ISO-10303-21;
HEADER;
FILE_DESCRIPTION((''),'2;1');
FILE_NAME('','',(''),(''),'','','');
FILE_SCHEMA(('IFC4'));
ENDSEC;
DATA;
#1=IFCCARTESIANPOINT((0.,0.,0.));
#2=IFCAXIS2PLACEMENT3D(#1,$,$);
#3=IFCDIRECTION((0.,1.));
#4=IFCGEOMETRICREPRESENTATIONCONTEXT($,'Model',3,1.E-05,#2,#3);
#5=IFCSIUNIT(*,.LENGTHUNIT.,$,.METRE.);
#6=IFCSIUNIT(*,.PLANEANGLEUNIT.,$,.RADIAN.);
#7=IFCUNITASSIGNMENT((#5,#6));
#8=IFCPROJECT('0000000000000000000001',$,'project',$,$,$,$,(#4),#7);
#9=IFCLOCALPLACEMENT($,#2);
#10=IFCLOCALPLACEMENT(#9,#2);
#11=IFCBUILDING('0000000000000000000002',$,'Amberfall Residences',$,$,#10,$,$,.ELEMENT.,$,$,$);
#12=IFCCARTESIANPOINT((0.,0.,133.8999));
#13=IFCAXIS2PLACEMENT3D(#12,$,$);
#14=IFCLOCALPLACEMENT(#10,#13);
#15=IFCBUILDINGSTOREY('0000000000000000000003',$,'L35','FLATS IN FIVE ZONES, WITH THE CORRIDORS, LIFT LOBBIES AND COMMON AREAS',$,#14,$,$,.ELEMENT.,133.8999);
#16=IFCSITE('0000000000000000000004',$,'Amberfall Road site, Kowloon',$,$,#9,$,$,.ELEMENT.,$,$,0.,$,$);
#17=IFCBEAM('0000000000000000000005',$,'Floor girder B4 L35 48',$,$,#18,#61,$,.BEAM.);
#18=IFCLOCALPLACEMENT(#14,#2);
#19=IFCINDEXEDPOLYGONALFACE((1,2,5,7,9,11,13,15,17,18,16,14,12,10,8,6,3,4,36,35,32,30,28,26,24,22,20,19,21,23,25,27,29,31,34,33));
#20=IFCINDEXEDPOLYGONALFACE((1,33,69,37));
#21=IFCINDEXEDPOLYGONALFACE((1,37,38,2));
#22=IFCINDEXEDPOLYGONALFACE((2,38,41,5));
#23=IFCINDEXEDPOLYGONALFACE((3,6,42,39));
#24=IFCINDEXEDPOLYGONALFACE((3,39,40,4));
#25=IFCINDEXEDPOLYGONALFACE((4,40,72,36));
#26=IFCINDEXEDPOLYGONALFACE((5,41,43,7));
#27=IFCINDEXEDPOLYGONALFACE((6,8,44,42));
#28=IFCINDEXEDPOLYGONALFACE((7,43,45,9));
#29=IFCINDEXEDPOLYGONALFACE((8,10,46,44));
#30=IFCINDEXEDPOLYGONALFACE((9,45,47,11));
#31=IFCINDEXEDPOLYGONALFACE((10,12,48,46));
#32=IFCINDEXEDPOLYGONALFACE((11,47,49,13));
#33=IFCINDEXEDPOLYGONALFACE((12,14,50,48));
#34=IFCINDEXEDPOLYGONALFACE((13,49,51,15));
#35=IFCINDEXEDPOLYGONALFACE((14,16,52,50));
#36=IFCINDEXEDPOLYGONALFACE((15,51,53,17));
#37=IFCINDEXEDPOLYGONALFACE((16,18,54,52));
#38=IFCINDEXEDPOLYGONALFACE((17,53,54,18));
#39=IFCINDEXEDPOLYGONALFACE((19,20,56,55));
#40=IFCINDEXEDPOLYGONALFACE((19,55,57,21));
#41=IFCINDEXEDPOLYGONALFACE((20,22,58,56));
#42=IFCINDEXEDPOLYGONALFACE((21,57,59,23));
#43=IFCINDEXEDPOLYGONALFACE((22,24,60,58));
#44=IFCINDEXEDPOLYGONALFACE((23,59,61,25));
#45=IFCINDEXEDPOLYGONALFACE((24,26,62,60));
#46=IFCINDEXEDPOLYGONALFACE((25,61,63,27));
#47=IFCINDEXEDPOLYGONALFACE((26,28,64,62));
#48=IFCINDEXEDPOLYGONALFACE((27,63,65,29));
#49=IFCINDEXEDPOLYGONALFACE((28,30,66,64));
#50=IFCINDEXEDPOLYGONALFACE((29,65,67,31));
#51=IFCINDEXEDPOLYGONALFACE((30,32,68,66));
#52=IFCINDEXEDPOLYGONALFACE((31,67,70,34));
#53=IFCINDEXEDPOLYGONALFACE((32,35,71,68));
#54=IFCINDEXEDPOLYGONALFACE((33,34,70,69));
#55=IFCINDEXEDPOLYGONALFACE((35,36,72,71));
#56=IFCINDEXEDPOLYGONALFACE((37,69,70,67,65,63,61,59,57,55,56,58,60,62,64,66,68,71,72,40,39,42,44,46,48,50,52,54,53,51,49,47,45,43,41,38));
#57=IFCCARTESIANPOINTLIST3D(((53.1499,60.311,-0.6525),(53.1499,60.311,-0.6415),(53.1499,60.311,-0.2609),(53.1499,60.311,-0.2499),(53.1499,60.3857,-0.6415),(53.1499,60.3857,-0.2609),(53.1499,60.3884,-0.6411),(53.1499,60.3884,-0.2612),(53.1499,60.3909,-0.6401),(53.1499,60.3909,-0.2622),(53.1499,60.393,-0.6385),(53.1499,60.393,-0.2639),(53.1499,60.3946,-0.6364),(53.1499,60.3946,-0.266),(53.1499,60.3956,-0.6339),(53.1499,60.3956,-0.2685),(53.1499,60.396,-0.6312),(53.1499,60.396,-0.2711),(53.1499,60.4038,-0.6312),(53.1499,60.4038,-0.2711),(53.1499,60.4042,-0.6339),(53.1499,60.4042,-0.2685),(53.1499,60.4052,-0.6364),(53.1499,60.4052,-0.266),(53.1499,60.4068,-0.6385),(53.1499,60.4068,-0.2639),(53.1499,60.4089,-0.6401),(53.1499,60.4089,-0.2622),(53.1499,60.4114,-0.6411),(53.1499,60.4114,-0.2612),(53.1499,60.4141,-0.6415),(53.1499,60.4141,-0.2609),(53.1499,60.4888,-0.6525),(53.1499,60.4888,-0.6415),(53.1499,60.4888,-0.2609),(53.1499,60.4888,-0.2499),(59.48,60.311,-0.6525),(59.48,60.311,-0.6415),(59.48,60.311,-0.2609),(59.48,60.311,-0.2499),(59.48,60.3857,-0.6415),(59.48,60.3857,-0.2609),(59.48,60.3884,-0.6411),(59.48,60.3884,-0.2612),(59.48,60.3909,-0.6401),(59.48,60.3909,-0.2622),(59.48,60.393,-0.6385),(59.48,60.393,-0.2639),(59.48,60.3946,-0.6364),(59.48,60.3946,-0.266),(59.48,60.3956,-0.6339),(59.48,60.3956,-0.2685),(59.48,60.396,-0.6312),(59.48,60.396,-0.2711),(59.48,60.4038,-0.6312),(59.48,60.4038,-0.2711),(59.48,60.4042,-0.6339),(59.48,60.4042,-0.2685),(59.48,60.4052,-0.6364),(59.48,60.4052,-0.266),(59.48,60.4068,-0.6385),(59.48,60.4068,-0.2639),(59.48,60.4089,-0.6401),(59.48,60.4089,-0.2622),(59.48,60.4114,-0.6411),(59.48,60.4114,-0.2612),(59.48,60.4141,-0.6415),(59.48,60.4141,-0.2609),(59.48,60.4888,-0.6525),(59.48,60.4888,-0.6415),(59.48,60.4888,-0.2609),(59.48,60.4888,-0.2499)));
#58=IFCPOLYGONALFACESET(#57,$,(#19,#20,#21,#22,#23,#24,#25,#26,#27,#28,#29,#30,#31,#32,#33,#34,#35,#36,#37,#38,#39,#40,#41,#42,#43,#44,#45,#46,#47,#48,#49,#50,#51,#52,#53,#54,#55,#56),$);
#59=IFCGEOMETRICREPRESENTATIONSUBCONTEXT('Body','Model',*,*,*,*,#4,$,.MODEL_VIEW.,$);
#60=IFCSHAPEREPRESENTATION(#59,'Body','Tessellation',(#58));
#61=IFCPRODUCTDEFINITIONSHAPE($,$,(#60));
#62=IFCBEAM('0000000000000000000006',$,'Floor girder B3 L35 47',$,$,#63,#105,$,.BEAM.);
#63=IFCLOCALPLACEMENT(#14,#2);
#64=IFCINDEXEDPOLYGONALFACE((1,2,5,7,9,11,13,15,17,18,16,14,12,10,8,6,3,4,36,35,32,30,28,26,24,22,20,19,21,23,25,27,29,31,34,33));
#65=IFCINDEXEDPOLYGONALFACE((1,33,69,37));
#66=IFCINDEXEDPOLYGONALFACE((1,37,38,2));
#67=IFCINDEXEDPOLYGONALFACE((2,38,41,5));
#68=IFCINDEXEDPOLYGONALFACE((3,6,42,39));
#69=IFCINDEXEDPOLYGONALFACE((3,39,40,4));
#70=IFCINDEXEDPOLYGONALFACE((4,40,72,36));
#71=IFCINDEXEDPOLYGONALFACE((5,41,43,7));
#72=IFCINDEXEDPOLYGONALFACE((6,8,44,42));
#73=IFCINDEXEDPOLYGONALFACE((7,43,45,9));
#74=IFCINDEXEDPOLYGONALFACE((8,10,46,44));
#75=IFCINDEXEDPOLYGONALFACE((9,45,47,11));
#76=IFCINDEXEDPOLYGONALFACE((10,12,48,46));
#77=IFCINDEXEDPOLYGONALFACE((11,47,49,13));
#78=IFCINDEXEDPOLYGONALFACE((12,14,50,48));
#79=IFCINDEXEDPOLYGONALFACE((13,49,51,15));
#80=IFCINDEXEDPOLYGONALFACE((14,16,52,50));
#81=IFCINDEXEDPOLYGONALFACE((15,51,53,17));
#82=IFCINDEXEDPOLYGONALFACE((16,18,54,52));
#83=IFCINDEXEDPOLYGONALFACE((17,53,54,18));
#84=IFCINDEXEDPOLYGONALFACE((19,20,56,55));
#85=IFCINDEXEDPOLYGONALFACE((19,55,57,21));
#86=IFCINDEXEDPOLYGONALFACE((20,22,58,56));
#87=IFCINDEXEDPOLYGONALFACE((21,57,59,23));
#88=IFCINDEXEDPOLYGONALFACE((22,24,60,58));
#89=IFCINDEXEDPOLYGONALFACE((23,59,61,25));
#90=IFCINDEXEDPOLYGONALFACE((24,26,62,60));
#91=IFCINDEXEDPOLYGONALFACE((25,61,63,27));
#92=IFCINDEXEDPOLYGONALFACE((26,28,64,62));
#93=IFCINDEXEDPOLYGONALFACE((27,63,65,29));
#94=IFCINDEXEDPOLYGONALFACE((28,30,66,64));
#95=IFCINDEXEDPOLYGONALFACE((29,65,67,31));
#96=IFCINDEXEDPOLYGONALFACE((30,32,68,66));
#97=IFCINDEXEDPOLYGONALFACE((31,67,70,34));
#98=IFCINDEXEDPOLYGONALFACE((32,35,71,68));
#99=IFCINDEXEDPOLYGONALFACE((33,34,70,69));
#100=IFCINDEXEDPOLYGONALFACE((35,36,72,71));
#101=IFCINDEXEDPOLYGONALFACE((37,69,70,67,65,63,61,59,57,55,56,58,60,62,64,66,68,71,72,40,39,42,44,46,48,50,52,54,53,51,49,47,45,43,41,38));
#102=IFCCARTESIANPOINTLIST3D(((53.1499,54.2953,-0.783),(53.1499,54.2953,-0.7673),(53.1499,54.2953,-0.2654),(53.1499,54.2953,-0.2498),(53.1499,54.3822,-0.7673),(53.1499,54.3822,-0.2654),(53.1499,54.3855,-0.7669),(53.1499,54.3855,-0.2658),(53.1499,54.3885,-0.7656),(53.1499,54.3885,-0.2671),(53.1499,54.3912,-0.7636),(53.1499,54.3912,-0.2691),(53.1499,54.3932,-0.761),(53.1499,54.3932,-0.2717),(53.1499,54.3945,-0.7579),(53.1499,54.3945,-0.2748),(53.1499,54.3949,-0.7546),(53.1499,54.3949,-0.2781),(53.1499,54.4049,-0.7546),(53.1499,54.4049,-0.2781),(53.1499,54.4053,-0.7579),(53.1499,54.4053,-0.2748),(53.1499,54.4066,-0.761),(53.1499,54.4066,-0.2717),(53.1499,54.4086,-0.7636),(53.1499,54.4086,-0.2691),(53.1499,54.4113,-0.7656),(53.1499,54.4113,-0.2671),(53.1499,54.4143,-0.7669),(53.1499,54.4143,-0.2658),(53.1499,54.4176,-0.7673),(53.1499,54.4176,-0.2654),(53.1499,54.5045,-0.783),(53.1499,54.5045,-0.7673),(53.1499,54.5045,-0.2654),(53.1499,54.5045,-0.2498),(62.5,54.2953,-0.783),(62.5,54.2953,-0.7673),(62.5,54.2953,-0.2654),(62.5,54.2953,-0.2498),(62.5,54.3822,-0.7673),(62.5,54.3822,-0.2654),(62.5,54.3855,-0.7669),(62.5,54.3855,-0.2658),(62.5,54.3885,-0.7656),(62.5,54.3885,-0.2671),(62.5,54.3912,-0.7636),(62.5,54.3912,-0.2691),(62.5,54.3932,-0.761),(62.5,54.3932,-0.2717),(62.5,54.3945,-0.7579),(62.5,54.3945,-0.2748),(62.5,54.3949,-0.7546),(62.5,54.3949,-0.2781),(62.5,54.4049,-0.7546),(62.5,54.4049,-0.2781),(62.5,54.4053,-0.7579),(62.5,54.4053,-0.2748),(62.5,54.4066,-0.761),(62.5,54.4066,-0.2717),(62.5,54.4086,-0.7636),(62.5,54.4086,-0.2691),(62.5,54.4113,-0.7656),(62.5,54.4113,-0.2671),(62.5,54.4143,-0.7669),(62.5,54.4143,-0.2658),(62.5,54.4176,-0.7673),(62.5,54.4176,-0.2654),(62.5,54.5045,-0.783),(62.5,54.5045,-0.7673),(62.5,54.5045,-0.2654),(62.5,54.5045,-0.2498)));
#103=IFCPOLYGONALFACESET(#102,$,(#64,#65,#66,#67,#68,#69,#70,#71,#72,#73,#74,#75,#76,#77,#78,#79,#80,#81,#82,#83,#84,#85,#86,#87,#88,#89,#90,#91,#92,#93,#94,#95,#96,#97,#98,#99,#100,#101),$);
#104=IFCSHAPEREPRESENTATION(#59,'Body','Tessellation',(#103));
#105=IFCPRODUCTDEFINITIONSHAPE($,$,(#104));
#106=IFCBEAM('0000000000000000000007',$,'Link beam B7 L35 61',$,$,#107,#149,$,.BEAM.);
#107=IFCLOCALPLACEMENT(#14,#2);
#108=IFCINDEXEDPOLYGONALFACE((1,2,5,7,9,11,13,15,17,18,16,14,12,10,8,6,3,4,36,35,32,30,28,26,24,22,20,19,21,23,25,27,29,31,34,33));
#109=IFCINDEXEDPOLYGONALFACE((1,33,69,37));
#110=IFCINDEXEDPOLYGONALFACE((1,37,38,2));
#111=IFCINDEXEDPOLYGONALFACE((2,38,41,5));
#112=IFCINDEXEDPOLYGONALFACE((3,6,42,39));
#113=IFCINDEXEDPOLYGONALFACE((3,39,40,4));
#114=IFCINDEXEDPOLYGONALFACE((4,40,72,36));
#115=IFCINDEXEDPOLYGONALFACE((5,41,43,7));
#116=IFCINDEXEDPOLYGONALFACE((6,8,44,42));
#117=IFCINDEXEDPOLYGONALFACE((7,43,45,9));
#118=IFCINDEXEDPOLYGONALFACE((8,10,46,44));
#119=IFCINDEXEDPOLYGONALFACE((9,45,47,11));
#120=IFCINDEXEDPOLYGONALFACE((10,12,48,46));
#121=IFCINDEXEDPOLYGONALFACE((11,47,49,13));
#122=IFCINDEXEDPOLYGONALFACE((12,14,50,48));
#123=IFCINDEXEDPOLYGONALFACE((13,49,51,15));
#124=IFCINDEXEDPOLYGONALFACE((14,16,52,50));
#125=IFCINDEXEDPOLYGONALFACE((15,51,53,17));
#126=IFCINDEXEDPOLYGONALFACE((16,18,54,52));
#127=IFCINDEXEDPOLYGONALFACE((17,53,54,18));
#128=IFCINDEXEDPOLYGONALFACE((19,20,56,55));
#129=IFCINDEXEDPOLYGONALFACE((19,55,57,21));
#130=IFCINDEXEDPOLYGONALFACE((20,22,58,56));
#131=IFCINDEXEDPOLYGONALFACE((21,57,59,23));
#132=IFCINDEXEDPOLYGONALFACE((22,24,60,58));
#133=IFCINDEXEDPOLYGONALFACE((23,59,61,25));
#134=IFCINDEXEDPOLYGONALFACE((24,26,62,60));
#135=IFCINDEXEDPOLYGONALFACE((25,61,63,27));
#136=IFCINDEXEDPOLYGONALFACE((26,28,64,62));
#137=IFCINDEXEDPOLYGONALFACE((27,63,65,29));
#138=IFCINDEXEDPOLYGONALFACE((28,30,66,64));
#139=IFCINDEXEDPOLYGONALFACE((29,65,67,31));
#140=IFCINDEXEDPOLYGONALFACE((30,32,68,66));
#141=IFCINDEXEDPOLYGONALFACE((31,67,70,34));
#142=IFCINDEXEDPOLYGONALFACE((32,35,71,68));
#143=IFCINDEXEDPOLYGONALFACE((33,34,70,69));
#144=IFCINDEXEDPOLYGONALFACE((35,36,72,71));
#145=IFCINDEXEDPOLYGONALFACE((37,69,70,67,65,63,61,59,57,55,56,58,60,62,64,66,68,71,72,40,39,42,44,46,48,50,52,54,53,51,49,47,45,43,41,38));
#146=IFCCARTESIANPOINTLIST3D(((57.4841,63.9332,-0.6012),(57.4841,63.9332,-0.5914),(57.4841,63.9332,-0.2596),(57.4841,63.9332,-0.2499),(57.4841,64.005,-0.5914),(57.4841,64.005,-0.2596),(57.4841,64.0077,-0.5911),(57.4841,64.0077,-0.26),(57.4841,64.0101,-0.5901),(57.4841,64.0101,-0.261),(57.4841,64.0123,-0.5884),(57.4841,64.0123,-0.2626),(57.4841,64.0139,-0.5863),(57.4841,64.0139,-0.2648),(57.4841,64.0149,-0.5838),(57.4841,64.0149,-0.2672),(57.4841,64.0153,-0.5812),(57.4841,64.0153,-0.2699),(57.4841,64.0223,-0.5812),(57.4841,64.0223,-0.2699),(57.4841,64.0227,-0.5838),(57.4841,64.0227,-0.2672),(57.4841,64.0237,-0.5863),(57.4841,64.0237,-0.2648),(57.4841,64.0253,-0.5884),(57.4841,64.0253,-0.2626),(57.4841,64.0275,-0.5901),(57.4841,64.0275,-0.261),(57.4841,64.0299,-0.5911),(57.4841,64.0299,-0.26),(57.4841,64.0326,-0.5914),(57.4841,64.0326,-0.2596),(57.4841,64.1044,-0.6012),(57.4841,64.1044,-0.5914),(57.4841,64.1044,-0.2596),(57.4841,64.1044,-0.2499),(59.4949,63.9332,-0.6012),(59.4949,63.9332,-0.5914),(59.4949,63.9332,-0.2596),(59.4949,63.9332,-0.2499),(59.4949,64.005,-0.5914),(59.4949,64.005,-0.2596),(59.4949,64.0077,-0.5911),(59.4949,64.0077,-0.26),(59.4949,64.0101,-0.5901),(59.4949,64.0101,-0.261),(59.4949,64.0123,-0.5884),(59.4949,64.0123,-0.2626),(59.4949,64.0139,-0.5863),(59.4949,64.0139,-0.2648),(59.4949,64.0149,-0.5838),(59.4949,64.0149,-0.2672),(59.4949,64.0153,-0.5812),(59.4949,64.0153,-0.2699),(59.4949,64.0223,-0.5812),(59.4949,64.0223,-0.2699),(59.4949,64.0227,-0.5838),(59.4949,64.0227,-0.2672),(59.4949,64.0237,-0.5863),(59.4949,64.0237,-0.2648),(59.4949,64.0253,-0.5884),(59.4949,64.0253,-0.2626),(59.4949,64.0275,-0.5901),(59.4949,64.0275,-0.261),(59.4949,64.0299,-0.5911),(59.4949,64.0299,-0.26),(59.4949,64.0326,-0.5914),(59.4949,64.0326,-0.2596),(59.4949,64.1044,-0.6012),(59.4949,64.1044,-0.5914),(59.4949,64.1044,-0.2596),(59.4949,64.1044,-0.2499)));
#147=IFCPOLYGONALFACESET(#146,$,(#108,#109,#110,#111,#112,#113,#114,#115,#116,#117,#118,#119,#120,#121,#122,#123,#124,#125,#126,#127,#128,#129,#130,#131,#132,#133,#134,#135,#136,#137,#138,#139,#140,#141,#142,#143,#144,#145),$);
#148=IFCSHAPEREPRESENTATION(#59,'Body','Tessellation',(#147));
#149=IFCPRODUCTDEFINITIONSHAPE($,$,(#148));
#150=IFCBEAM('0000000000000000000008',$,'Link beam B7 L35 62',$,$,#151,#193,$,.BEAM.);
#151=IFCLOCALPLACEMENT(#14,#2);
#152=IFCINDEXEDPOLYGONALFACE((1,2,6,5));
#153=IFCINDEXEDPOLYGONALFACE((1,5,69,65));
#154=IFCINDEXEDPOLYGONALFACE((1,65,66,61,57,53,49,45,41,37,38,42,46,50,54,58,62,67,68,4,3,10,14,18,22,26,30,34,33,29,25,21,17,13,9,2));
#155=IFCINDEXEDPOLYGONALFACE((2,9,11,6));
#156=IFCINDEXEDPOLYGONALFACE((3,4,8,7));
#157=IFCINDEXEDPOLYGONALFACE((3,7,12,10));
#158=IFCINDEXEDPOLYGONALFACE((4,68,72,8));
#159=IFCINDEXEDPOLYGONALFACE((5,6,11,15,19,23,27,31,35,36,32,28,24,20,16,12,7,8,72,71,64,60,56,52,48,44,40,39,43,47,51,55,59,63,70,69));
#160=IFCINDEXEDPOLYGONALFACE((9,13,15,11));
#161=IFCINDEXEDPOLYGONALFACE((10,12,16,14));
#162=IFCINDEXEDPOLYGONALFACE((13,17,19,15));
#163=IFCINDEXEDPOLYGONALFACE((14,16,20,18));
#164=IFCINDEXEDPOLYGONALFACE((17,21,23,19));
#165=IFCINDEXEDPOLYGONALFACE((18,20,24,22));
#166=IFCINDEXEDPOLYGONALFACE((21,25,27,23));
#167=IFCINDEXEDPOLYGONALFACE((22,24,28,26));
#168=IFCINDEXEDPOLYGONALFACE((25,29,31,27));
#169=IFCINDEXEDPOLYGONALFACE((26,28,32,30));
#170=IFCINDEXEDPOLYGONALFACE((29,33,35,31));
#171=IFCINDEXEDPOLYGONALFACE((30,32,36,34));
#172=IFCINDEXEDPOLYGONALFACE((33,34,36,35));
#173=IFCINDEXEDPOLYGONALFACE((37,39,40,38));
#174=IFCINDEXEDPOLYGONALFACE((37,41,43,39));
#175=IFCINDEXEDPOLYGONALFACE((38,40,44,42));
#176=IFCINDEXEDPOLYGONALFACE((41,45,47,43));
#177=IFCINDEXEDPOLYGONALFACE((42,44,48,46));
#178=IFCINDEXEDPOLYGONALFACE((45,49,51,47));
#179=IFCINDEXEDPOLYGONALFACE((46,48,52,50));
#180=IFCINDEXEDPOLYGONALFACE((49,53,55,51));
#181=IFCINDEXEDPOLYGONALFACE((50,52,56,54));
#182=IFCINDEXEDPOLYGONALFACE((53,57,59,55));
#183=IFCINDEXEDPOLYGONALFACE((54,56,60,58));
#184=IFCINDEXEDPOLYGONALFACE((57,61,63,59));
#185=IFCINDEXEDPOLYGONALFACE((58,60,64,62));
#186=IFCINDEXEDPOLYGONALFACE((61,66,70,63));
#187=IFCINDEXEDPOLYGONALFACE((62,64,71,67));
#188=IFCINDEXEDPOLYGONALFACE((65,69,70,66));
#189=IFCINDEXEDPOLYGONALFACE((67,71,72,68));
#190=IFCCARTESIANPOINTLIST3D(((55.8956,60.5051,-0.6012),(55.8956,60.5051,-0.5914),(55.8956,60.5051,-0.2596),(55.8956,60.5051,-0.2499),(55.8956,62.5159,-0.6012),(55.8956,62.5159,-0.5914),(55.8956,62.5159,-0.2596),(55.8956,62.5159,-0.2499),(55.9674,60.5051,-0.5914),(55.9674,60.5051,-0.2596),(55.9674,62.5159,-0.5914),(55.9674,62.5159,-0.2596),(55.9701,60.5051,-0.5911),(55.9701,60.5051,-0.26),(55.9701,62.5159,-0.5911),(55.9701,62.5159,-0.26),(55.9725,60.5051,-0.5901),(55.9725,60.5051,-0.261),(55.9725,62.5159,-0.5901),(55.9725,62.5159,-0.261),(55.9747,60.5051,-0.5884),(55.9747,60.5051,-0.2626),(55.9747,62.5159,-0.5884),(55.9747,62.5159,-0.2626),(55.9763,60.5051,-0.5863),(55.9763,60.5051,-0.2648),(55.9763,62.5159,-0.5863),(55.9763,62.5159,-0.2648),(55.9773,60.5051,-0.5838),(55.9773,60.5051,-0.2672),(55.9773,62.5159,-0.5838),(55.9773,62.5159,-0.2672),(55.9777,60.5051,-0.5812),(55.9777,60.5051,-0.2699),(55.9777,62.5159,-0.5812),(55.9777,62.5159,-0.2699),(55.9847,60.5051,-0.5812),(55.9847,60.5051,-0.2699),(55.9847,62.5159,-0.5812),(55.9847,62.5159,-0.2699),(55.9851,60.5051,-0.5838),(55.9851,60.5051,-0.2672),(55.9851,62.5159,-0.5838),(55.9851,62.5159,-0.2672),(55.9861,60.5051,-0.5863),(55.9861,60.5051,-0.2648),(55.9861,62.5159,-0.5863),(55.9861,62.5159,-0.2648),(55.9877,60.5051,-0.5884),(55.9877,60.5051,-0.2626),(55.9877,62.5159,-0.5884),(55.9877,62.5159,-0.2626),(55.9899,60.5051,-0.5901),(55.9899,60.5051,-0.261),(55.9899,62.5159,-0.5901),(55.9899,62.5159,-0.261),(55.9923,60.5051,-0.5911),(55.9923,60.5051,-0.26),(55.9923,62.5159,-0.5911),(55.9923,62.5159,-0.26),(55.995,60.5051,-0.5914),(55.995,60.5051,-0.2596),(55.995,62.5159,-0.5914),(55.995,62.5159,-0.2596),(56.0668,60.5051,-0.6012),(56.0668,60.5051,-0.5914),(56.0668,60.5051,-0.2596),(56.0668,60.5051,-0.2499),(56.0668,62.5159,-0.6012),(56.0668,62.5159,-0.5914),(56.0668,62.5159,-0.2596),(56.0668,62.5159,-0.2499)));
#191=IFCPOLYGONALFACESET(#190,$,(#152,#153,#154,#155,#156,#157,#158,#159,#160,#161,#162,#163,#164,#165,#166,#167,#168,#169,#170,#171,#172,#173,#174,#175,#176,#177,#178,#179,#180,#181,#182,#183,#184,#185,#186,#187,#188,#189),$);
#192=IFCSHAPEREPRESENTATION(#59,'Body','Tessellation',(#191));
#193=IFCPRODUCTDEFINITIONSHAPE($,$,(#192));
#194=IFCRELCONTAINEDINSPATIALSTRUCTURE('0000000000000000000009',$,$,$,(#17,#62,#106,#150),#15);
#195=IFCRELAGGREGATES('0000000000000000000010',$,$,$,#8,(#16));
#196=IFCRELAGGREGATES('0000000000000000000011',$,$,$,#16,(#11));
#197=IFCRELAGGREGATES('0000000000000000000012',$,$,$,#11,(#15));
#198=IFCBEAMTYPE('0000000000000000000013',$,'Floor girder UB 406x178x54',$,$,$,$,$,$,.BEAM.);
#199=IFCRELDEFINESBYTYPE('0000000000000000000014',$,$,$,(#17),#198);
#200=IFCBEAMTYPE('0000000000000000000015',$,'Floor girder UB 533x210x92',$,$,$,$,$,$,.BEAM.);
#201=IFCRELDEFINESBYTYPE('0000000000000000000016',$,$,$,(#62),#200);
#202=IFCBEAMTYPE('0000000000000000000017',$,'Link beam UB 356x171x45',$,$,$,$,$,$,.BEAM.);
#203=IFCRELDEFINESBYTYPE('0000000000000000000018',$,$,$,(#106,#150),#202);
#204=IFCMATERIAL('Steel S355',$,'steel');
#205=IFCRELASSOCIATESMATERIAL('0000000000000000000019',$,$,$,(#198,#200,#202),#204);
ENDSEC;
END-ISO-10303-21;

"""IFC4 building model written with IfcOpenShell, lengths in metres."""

from ifc_helpers import new_model, si_unit, direction, frame, origin, origin_2d, place, context, subcontext, project, spatial, i_section, extrude, material, material_profile, profile_set, type_object, element, save


model = new_model("IFC4")

# Units and contexts
model_context = context("Model", 3, precision=1e-05, world=origin(), true_north=direction((0.0, 1.0)))
body_context = subcontext(model_context, "Body", "Model", "MODEL_VIEW")
ifc_project = project(units=[si_unit("LENGTHUNIT", "METRE"), si_unit("PLANEANGLEUNIT", "RADIAN")], contexts=[model_context])

# Site, building, storey
site_placement = place(None, origin())
site = spatial("IfcSite", under=ifc_project, at=site_placement, Name="Amberfall Road site, Kowloon", CompositionType="ELEMENT", RefElevation=0.0)
building_placement = place(site_placement, origin())
building = spatial("IfcBuilding", under=site, at=building_placement, Name="Amberfall Residences", CompositionType="ELEMENT")
storey_placement = place(building_placement, frame((0.0, 0.0, 133.8999)))
storey = spatial("IfcBuildingStorey", under=building, at=storey_placement, Name="L35", Description="FLATS IN FIVE ZONES, WITH THE CORRIDORS, LIFT LOBBIES AND COMMON AREAS", CompositionType="ELEMENT", Elevation=133.8999)

# Shared definitions
ifc_material_1 = material(Name="Steel S355", Category="steel")

# Beams
ifc_material_profile_1 = material_profile(ifc_material_1, i_section(OverallWidth=0.1777, OverallDepth=0.4026, WebThickness=0.0078, FlangeThickness=0.011, FilletRadius=0.0103, at=origin_2d()), Name="UB 406x178x54")
ifc_profile_set_1 = profile_set([ifc_material_profile_1], Name="Steel S355")
beam_type_1 = type_object("IfcBeamType", Name="Floor girder UB 406x178x54", PredefinedType="BEAM", material=ifc_profile_set_1)
beam_1_placement = place(storey_placement, frame((53.1499, 60.3999, -0.4512), z_axis=(1.0, 0.0, 0.0), x_axis=(0.0, 1.0, 0.0)))
element("IfcBeam", 1, at=beam_1_placement, inside=storey, type_object=beam_type_1, Name="Floor girder B4 L35 48", PredefinedType="BEAM", context=body_context, shape_type="SweptSolid", body=[
    extrude(i_section(OverallWidth=0.1777, OverallDepth=0.4026, WebThickness=0.0078, FlangeThickness=0.011, FilletRadius=0.0103, at=origin_2d()), origin(), (0.0, 0.0, 1.0), 6.3301),
])
ifc_material_profile_2 = material_profile(ifc_material_1, i_section(OverallWidth=0.2092, OverallDepth=0.5332, WebThickness=0.01, FlangeThickness=0.0156, FilletRadius=0.0127, at=origin_2d()), Name="UB 533x210x92")
ifc_profile_set_2 = profile_set([ifc_material_profile_2], Name="Steel S355")
beam_type_2 = type_object("IfcBeamType", Name="Floor girder UB 533x210x92", PredefinedType="BEAM", material=ifc_profile_set_2)
beam_2_placement = place(storey_placement, frame((53.1499, 54.3999, -0.5164), z_axis=(1.0, 0.0, 0.0), x_axis=(0.0, 1.0, 0.0)))
element("IfcBeam", 2, at=beam_2_placement, inside=storey, type_object=beam_type_2, Name="Floor girder B3 L35 47", PredefinedType="BEAM", context=body_context, shape_type="SweptSolid", body=[
    extrude(i_section(OverallWidth=0.2092, OverallDepth=0.5332, WebThickness=0.01, FlangeThickness=0.0156, FilletRadius=0.0127, at=origin_2d()), origin(), (0.0, 0.0, 1.0), 9.3501),
])
ifc_material_profile_3 = material_profile(ifc_material_1, i_section(OverallWidth=0.1711, OverallDepth=0.3513, WebThickness=0.0071, FlangeThickness=0.0098, FilletRadius=0.0103, at=origin_2d()), Name="UB 356x171x45")
ifc_profile_set_3 = profile_set([ifc_material_profile_3], Name="Steel S355")
beam_type_3 = type_object("IfcBeamType", Name="Link beam UB 356x171x45", PredefinedType="BEAM", material=ifc_profile_set_3)
for number, where, z_axis, x_axis, name in (
    (3, (57.4841, 64.0188, -0.4255), (1.0, 0.0, 0.0), (0.0, 1.0, 0.0), "Link beam B7 L35 61"),
    (4, (55.9812, 62.5159, -0.4255), (0.0, -1.0, 0.0), (1.0, 0.0, 0.0), "Link beam B7 L35 62"),
):
    element("IfcBeam", number, at=place(storey_placement, frame(where, z_axis=z_axis, x_axis=x_axis)), inside=storey, type_object=beam_type_3, Name=name, PredefinedType="BEAM", context=body_context, shape_type="SweptSolid", body=[
        extrude(i_section(OverallWidth=0.1711, OverallDepth=0.3513, WebThickness=0.0071, FlangeThickness=0.0098, FilletRadius=0.0103, at=origin_2d()), origin(), (0.0, 0.0, 1.0), 2.0107),
    ])

save(model, "model.ifc")
